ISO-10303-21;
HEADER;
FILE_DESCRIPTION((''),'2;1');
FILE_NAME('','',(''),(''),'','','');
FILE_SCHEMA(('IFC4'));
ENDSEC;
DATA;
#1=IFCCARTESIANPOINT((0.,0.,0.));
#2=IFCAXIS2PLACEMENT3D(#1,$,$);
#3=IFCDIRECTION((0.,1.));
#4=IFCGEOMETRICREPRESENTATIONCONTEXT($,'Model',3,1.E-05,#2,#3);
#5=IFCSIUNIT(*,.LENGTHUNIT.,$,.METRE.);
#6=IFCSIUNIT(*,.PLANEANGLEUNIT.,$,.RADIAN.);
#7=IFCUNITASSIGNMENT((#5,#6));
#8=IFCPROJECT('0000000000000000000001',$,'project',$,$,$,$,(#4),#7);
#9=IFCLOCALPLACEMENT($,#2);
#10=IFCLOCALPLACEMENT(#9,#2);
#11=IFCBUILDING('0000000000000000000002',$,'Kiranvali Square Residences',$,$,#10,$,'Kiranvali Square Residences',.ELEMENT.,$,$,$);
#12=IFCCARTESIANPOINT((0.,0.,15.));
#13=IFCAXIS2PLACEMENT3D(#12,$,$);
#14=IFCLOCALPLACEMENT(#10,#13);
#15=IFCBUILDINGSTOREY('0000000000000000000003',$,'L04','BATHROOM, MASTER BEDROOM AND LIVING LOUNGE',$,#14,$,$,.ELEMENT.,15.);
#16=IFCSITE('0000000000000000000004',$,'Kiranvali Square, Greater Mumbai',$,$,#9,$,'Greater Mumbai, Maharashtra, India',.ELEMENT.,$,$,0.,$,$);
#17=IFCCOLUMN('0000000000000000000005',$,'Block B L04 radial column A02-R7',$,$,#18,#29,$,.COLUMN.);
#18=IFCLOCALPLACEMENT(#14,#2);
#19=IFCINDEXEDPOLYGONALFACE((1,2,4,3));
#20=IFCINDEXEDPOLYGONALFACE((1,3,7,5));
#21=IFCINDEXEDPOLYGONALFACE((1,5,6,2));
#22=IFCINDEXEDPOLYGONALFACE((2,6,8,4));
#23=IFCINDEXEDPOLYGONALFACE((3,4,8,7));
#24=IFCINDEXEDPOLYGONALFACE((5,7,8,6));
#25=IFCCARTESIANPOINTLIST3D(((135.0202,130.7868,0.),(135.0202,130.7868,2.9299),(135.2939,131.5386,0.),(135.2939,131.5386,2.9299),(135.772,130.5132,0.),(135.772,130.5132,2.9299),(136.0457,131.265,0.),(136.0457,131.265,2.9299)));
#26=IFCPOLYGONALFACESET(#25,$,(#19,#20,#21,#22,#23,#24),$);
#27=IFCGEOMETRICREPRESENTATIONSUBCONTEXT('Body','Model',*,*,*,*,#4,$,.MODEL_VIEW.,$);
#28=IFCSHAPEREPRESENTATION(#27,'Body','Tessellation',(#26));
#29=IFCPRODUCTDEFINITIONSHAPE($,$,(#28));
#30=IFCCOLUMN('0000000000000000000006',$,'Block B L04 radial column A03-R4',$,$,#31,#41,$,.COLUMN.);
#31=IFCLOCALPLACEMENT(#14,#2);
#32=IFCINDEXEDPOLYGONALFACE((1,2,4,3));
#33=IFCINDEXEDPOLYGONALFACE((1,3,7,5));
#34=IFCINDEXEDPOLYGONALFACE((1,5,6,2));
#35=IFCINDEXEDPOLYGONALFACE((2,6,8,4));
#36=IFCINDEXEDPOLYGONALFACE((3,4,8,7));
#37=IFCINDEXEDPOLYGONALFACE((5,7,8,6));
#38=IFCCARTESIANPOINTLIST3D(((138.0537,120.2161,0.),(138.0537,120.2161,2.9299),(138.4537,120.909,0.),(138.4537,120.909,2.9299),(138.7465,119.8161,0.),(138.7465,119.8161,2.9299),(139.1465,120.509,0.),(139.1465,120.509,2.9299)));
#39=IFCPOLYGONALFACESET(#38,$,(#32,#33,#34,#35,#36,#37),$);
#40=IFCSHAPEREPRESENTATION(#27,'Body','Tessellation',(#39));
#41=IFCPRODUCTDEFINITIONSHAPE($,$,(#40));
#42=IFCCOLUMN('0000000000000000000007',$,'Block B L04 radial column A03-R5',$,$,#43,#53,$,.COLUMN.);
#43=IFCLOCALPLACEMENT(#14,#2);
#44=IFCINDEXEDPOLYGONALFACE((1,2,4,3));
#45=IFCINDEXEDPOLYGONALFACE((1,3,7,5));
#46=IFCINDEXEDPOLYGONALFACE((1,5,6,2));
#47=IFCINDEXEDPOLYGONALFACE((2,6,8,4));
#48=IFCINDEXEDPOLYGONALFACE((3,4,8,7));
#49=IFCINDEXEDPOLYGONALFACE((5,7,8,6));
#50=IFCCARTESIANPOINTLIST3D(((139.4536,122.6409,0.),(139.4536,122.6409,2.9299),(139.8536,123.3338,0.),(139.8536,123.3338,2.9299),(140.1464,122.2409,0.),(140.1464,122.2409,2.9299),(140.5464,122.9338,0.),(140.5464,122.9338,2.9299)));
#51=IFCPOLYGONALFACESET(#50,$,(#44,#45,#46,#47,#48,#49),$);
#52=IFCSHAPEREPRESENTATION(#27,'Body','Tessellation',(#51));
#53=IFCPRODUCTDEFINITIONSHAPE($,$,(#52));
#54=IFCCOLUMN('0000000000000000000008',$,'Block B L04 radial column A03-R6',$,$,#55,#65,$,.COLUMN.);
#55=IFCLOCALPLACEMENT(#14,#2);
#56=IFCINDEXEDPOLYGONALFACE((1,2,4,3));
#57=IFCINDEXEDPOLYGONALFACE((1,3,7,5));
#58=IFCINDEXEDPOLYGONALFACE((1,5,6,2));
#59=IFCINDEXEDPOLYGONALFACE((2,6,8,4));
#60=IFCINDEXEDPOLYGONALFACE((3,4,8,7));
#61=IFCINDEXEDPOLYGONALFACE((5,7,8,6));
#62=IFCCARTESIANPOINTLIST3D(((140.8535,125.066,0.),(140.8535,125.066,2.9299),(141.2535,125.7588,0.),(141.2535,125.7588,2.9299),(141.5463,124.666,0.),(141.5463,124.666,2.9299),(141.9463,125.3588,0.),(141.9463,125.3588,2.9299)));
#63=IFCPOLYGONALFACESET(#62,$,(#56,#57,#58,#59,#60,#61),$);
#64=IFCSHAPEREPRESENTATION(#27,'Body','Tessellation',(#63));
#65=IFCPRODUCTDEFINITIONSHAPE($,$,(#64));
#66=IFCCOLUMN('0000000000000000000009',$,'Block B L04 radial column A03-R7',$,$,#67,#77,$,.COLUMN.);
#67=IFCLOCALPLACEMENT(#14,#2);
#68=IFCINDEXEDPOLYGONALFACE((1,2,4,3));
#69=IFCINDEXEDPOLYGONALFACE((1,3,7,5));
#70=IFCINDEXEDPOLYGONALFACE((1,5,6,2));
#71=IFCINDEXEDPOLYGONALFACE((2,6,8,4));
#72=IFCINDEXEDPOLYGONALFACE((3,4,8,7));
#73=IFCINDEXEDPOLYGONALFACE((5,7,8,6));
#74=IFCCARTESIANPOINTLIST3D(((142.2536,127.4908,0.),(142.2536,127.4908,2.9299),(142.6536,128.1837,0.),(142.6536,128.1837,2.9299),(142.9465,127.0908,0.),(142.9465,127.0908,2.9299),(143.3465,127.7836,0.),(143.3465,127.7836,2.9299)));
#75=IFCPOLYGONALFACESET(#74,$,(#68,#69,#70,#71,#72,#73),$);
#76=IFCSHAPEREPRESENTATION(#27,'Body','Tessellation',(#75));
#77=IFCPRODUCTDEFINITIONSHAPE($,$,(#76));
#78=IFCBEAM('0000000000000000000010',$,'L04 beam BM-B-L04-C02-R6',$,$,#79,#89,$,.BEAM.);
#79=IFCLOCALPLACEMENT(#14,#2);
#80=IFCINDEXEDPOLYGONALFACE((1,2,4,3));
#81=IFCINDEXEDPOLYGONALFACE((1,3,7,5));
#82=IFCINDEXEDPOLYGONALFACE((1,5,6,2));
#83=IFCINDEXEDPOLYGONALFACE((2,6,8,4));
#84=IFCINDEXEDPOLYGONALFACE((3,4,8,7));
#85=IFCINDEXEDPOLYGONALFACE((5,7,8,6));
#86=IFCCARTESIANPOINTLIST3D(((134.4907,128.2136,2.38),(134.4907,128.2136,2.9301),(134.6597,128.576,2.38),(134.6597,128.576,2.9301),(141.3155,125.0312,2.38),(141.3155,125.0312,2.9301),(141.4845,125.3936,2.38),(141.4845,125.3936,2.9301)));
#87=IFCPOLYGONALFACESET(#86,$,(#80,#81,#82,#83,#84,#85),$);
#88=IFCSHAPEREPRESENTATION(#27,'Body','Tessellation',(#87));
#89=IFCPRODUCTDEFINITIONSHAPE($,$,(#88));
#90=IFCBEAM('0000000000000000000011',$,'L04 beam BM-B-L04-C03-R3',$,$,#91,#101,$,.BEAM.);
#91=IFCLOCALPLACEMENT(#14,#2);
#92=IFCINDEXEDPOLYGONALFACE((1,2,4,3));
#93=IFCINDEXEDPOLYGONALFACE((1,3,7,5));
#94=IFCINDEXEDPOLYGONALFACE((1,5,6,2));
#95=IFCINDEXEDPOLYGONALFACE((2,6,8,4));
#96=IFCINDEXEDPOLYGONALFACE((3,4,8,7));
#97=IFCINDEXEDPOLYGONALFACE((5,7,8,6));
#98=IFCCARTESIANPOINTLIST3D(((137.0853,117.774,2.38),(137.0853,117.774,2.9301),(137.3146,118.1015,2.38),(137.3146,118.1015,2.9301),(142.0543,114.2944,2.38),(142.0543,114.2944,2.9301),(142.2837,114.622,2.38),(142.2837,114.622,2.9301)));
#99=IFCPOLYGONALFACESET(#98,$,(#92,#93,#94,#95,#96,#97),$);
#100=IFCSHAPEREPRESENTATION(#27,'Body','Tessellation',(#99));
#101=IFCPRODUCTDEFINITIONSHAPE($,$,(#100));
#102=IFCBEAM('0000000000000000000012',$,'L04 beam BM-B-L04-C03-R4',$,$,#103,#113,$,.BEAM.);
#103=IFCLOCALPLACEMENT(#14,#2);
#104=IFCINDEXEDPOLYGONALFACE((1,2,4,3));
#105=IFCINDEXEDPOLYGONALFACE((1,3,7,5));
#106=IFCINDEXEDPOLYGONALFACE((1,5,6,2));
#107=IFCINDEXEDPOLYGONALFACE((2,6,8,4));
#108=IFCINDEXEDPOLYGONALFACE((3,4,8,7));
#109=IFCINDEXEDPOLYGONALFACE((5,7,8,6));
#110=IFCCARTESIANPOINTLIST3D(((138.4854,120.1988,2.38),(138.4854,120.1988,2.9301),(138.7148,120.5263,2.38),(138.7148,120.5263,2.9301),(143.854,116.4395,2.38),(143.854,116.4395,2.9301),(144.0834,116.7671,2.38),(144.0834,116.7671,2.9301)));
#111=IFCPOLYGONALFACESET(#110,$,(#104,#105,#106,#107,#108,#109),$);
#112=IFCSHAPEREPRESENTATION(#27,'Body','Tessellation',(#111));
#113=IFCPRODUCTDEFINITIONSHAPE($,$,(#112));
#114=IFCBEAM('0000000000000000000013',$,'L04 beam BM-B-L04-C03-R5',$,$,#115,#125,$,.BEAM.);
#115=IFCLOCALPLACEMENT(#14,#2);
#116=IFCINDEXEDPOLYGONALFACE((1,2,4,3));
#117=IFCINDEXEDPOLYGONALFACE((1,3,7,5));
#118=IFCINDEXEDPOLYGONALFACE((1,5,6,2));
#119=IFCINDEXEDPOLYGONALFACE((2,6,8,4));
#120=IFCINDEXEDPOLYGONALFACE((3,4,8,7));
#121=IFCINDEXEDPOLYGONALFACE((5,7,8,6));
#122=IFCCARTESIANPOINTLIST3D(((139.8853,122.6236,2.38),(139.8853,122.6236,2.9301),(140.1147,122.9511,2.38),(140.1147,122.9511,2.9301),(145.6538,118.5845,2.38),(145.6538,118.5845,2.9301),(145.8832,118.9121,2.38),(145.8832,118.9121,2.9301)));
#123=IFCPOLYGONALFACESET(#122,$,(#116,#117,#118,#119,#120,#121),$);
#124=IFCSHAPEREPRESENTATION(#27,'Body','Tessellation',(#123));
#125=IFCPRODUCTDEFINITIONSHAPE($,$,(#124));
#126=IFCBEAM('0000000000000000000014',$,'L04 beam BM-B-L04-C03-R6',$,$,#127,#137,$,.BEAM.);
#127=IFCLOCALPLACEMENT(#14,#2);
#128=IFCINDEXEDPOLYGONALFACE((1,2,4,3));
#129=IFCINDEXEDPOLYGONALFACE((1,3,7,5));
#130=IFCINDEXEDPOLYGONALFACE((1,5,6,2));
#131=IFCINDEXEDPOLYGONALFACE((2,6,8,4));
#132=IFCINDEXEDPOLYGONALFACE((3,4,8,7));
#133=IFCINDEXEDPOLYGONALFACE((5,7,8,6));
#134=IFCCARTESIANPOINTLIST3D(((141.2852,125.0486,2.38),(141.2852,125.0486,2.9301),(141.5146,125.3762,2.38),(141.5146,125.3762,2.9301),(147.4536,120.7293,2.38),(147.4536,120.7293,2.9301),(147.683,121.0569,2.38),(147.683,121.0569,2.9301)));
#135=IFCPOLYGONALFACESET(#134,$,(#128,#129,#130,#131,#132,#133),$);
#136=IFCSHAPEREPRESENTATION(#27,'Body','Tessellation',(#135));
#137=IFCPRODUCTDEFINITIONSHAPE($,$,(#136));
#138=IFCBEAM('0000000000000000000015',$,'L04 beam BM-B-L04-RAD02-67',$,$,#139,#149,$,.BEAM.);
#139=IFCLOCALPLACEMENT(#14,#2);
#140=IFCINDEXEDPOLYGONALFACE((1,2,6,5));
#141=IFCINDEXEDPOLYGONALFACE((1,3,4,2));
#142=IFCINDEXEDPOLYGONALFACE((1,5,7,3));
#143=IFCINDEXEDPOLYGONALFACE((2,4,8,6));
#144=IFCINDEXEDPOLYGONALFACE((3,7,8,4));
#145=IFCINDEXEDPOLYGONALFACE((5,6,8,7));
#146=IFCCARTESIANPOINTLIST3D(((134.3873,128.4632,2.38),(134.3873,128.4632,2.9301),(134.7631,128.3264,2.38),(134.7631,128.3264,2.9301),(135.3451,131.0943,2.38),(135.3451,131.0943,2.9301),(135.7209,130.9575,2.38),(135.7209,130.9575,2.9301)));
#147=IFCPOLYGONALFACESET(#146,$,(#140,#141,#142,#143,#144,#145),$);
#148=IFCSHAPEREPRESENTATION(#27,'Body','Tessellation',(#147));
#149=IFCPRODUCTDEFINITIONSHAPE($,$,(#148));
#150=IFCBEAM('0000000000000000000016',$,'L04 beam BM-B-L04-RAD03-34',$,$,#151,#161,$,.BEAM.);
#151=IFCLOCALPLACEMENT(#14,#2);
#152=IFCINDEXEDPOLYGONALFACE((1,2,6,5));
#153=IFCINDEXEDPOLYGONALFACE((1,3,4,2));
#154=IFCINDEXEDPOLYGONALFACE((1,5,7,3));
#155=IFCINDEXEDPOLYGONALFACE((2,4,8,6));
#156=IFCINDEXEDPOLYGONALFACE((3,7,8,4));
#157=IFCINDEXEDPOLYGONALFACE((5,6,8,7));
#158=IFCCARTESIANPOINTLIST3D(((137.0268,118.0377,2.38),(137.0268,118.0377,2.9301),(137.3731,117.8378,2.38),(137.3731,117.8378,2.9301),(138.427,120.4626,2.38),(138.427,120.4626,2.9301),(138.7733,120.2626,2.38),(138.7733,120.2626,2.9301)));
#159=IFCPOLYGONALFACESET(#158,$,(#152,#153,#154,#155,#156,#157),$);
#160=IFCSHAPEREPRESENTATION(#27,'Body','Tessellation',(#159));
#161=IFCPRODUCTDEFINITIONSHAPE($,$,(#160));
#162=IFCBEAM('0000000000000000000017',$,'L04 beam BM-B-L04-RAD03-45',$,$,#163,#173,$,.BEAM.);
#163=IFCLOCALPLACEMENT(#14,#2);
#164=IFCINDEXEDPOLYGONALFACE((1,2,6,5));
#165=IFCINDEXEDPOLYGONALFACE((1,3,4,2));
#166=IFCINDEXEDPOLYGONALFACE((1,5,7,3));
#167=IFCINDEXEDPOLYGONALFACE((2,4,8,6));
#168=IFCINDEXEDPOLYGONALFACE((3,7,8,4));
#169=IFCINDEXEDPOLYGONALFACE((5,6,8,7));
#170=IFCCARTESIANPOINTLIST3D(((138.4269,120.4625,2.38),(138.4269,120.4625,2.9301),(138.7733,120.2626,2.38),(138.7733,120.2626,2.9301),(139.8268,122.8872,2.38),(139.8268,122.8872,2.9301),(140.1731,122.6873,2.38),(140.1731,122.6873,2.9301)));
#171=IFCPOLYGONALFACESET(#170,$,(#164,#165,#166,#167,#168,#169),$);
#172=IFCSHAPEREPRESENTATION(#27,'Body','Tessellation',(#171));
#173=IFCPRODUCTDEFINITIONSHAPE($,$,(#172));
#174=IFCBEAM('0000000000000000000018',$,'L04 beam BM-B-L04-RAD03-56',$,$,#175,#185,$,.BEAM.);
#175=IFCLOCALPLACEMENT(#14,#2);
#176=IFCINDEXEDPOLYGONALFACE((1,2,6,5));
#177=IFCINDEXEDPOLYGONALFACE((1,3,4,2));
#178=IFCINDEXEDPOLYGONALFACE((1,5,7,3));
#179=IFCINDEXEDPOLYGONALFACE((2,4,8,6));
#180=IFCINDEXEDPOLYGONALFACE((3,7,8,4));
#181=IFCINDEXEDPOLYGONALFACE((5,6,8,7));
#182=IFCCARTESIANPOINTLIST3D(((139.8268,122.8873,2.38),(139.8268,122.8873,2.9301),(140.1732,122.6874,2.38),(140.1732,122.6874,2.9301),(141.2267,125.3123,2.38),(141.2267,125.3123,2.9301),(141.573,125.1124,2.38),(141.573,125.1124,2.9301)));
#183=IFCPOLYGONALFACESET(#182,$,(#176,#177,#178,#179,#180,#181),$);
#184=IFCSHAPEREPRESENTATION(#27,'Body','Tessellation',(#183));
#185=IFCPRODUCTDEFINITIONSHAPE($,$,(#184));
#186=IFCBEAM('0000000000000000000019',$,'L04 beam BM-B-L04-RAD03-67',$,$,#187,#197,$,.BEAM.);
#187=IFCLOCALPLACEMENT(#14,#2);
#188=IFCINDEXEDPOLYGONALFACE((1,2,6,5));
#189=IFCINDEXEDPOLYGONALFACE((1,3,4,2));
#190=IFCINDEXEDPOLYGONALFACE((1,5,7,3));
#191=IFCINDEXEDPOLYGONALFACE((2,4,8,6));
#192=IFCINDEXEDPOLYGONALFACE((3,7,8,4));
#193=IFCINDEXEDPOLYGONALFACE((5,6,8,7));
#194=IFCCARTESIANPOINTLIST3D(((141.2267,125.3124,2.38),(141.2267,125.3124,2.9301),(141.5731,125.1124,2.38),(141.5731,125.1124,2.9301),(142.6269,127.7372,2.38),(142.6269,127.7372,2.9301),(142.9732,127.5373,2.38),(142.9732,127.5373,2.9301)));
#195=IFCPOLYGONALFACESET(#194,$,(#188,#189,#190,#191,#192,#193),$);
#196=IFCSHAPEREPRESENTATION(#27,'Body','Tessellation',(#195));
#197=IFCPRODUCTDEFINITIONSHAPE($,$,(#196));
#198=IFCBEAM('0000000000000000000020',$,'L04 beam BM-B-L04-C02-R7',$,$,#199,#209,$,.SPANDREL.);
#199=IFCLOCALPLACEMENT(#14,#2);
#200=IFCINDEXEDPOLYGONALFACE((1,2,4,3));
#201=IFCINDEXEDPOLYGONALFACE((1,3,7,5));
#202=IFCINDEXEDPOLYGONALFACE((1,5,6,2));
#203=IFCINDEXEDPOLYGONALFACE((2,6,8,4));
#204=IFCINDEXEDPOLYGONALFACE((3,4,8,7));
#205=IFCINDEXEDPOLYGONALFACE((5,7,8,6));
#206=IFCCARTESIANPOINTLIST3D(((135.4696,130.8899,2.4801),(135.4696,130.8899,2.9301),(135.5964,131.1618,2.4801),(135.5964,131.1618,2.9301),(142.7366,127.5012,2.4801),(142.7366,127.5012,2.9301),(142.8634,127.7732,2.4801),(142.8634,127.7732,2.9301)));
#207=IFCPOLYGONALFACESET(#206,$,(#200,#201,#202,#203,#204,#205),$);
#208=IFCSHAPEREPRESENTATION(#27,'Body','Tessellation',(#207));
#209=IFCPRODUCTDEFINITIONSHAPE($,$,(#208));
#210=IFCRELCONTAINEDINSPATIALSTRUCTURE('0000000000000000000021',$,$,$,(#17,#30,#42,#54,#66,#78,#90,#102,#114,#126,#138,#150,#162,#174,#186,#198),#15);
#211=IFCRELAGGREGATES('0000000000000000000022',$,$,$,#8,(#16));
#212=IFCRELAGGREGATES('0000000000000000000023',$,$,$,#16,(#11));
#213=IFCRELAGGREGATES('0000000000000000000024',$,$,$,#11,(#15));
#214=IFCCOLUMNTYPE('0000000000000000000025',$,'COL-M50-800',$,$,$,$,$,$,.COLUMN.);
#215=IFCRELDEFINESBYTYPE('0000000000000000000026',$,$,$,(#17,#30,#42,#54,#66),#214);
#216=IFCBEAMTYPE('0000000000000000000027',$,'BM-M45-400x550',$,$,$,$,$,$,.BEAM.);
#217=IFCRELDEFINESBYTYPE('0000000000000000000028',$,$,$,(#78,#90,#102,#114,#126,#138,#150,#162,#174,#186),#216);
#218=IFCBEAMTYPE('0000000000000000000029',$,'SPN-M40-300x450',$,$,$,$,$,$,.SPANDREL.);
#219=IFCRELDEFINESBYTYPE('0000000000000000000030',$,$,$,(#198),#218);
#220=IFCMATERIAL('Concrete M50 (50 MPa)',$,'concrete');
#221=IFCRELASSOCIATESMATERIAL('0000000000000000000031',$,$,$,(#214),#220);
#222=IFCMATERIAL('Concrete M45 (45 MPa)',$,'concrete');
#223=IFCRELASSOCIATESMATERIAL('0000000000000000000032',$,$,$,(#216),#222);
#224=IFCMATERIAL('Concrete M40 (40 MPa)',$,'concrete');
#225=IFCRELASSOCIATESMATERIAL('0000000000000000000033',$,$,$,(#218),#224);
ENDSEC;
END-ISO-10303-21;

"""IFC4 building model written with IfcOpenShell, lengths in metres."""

from ifc_helpers import new_model, si_unit, direction, frame, origin, origin_2d, place, context, subcontext, project, spatial, rectangle, extrude, material, material_profile, profile_set, type_object, element, save


model = new_model("IFC4")

# Units and contexts
model_context = context("Model", 3, precision=1e-05, world=origin(), true_north=direction((0.0, 1.0)))
body_context = subcontext(model_context, "Body", "Model", "MODEL_VIEW")
ifc_project = project(units=[si_unit("LENGTHUNIT", "METRE"), si_unit("PLANEANGLEUNIT", "RADIAN")], contexts=[model_context])

# Site, building, storey
site_placement = place(None, origin())
site = spatial("IfcSite", under=ifc_project, at=site_placement, Name="Kiranvali Square, Greater Mumbai", LongName="Greater Mumbai, Maharashtra, India", CompositionType="ELEMENT", RefElevation=0.0)
building_placement = place(site_placement, origin())
building = spatial("IfcBuilding", under=site, at=building_placement, Name="Kiranvali Square Residences", LongName="Kiranvali Square Residences", CompositionType="ELEMENT")
storey_placement = place(building_placement, frame((0.0, 0.0, 15.0)))
storey = spatial("IfcBuildingStorey", under=building, at=storey_placement, Name="L04", Description="BATHROOM, MASTER BEDROOM AND LIVING LOUNGE", CompositionType="ELEMENT", Elevation=15.0)

# Columns
ifc_material_1 = material(Name="Concrete M50 (50 MPa)", Category="concrete")
ifc_material_profile_1 = material_profile(ifc_material_1, rectangle(XDim=0.8, YDim=0.8, at=origin_2d()), Name="RC 800x800")
ifc_profile_set_1 = profile_set([ifc_material_profile_1], Name="Concrete M50 (50 MPa)")
column_type = type_object("IfcColumnType", Name="COL-M50-800", PredefinedType="COLUMN", material=ifc_profile_set_1)
for number, where, z_axis, x_axis, name in (
    (1, (135.533, 131.0259, 0.0), (0.0, 0.0, 1.0), (-0.939693, 0.34202, 0.0), "Block B L04 radial column A02-R7"),
    (2, (138.6001, 120.3625, 0.0), (0.0, 0.0, 1.0), (-0.866025, 0.5, 0.0), "Block B L04 radial column A03-R4"),
    (3, (140.0, 122.7874, 0.0), (0.0, 0.0, 1.0), (-0.866025, 0.5, 0.0), "Block B L04 radial column A03-R5"),
    (4, (141.3999, 125.2124, 0.0), (0.0, 0.0, 1.0), (-0.866025, 0.5, 0.0), "Block B L04 radial column A03-R6"),
    (5, (142.8, 127.6372, 0.0), (0.0, 0.0, 1.0), (-0.866025, 0.5, 0.0), "Block B L04 radial column A03-R7"),
):
    element("IfcColumn", number, at=place(storey_placement, frame(where, z_axis=z_axis, x_axis=x_axis)), inside=storey, type_object=column_type, Name=name, PredefinedType="COLUMN", context=body_context, shape_type="SweptSolid", body=[
        extrude(rectangle(XDim=0.8, YDim=0.8, at=origin_2d()), origin(), (0.0, 0.0, 1.0), 2.9299),
    ])

# Beams
ifc_material_2 = material(Name="Concrete M45 (45 MPa)", Category="concrete")
ifc_material_profile_2 = material_profile(ifc_material_2, rectangle(XDim=0.3999, YDim=0.55, at=origin_2d()), Name="RC 400x550")
ifc_profile_set_2 = profile_set([ifc_material_profile_2], Name="Concrete M45 (45 MPa)")
beam_type_1 = type_object("IfcBeamType", Name="BM-M45-400x550", PredefinedType="BEAM", material=ifc_profile_set_2)
beam_1_placement = place(storey_placement, frame((134.5752, 128.3948, 2.655), z_axis=(0.90631, -0.422614, 0.0), x_axis=(0.422614, 0.90631, 0.0)))
element("IfcBeam", 6, at=beam_1_placement, inside=storey, type_object=beam_type_1, Name="L04 beam BM-B-L04-C02-R6", PredefinedType="BEAM", context=body_context, shape_type="SweptSolid", body=[
    extrude(rectangle(XDim=0.3999, YDim=0.55, at=origin_2d()), origin(), (0.0, 0.0, 1.0), 7.5303),
])
beam_2_placement = place(storey_placement, frame((137.2, 117.9377, 2.655), z_axis=(0.819139, -0.573595, 0.0), x_axis=(0.573595, 0.819139, 0.0)))
element("IfcBeam", 7, at=beam_2_placement, inside=storey, type_object=beam_type_1, Name="L04 beam BM-B-L04-C03-R3", PredefinedType="BEAM", context=body_context, shape_type="SweptSolid", body=[
    extrude(rectangle(XDim=0.3999, YDim=0.55, at=origin_2d()), origin(), (0.0, 0.0, 1.0), 6.0662),
])
beam_3_placement = place(storey_placement, frame((138.6001, 120.3625, 2.655), z_axis=(0.819144, -0.573587, 0.0), x_axis=(0.573587, 0.819144, 0.0)))
element("IfcBeam", 8, at=beam_3_placement, inside=storey, type_object=beam_type_1, Name="L04 beam BM-B-L04-C03-R4", PredefinedType="BEAM", context=body_context, shape_type="SweptSolid", body=[
    extrude(rectangle(XDim=0.3999, YDim=0.55, at=origin_2d()), origin(), (0.0, 0.0, 1.0), 6.554),
])
beam_4_placement = place(storey_placement, frame((140.0, 122.7874, 2.655), z_axis=(0.81916, -0.573565, 0.0), x_axis=(0.573565, 0.81916, 0.0)))
element("IfcBeam", 9, at=beam_4_placement, inside=storey, type_object=beam_type_1, Name="L04 beam BM-B-L04-C03-R5", PredefinedType="BEAM", context=body_context, shape_type="SweptSolid", body=[
    extrude(rectangle(XDim=0.3999, YDim=0.55, at=origin_2d()), origin(), (0.0, 0.0, 1.0), 7.042),
])
beam_5_placement = place(storey_placement, frame((141.3999, 125.2124, 2.655), z_axis=(0.819144, -0.573589, 0.0), x_axis=(0.573589, 0.819144, 0.0)))
element("IfcBeam", 10, at=beam_5_placement, inside=storey, type_object=beam_type_1, Name="L04 beam BM-B-L04-C03-R6", PredefinedType="BEAM", context=body_context, shape_type="SweptSolid", body=[
    extrude(rectangle(XDim=0.3999, YDim=0.55, at=origin_2d()), origin(), (0.0, 0.0, 1.0), 7.5303),
])
for number, where, z_axis, x_axis, name in (
    (11, (134.5752, 128.3948, 2.655), (0.342058, 0.939679, 0.0), (-0.939679, 0.342058, 0.0), "L04 beam BM-B-L04-RAD02-67"),
    (12, (137.2, 117.9377, 2.655), (0.50005, 0.865997, 0.0), (-0.865997, 0.50005, 0.0), "L04 beam BM-B-L04-RAD03-34"),
):
    element("IfcBeam", number, at=place(storey_placement, frame(where, z_axis=z_axis, x_axis=x_axis)), inside=storey, type_object=beam_type_1, Name=name, PredefinedType="BEAM", context=body_context, shape_type="SweptSolid", body=[
        extrude(rectangle(XDim=0.3999, YDim=0.55, at=origin_2d()), origin(), (0.0, 0.0, 1.0), 2.8),
    ])
beam_6_placement = place(storey_placement, frame((138.6001, 120.3625, 2.655), z_axis=(0.499984, 0.866035, 0.0), x_axis=(-0.866035, 0.499984, 0.0)))
element("IfcBeam", 13, at=beam_6_placement, inside=storey, type_object=beam_type_1, Name="L04 beam BM-B-L04-RAD03-45", PredefinedType="BEAM", context=body_context, shape_type="SweptSolid", body=[
    extrude(rectangle(XDim=0.3999, YDim=0.55, at=origin_2d()), origin(), (0.0, 0.0, 1.0), 2.7998),
])
for number, where, z_axis, x_axis, name in (
    (14, (140.0, 122.7874, 2.655), (0.499946, 0.866056, 0.0), (-0.866056, 0.499946, 0.0), "L04 beam BM-B-L04-RAD03-56"),
    (15, (141.3999, 125.2124, 2.655), (0.50005, 0.865997, 0.0), (-0.865997, 0.50005, 0.0), "L04 beam BM-B-L04-RAD03-67"),
):
    element("IfcBeam", number, at=place(storey_placement, frame(where, z_axis=z_axis, x_axis=x_axis)), inside=storey, type_object=beam_type_1, Name=name, PredefinedType="BEAM", context=body_context, shape_type="SweptSolid", body=[
        extrude(rectangle(XDim=0.3999, YDim=0.55, at=origin_2d()), origin(), (0.0, 0.0, 1.0), 2.8),
    ])
ifc_material_3 = material(Name="Concrete M40 (40 MPa)", Category="concrete")
ifc_material_profile_3 = material_profile(ifc_material_3, rectangle(XDim=0.3, YDim=0.45, at=origin_2d()), Name="RC 300x450")
ifc_profile_set_3 = profile_set([ifc_material_profile_3], Name="Concrete M40 (40 MPa)")
beam_type_2 = type_object("IfcBeamType", Name="SPN-M40-300x450", PredefinedType="SPANDREL", material=ifc_profile_set_3)
for number, where, z_axis, x_axis, name in (
    (16, (135.533, 131.0259, 2.7051), (0.906309, -0.422615, 0.0), (0.422615, 0.906309, 0.0), "L04 beam BM-B-L04-C02-R7"),
):
    element("IfcBeam", number, at=place(storey_placement, frame(where, z_axis=z_axis, x_axis=x_axis)), inside=storey, type_object=beam_type_2, Name=name, PredefinedType="SPANDREL", context=body_context, shape_type="SweptSolid", body=[
        extrude(rectangle(XDim=0.3, YDim=0.45, at=origin_2d()), origin(), (0.0, 0.0, 1.0), 8.0183),
    ])

save(model, "model.ifc")
